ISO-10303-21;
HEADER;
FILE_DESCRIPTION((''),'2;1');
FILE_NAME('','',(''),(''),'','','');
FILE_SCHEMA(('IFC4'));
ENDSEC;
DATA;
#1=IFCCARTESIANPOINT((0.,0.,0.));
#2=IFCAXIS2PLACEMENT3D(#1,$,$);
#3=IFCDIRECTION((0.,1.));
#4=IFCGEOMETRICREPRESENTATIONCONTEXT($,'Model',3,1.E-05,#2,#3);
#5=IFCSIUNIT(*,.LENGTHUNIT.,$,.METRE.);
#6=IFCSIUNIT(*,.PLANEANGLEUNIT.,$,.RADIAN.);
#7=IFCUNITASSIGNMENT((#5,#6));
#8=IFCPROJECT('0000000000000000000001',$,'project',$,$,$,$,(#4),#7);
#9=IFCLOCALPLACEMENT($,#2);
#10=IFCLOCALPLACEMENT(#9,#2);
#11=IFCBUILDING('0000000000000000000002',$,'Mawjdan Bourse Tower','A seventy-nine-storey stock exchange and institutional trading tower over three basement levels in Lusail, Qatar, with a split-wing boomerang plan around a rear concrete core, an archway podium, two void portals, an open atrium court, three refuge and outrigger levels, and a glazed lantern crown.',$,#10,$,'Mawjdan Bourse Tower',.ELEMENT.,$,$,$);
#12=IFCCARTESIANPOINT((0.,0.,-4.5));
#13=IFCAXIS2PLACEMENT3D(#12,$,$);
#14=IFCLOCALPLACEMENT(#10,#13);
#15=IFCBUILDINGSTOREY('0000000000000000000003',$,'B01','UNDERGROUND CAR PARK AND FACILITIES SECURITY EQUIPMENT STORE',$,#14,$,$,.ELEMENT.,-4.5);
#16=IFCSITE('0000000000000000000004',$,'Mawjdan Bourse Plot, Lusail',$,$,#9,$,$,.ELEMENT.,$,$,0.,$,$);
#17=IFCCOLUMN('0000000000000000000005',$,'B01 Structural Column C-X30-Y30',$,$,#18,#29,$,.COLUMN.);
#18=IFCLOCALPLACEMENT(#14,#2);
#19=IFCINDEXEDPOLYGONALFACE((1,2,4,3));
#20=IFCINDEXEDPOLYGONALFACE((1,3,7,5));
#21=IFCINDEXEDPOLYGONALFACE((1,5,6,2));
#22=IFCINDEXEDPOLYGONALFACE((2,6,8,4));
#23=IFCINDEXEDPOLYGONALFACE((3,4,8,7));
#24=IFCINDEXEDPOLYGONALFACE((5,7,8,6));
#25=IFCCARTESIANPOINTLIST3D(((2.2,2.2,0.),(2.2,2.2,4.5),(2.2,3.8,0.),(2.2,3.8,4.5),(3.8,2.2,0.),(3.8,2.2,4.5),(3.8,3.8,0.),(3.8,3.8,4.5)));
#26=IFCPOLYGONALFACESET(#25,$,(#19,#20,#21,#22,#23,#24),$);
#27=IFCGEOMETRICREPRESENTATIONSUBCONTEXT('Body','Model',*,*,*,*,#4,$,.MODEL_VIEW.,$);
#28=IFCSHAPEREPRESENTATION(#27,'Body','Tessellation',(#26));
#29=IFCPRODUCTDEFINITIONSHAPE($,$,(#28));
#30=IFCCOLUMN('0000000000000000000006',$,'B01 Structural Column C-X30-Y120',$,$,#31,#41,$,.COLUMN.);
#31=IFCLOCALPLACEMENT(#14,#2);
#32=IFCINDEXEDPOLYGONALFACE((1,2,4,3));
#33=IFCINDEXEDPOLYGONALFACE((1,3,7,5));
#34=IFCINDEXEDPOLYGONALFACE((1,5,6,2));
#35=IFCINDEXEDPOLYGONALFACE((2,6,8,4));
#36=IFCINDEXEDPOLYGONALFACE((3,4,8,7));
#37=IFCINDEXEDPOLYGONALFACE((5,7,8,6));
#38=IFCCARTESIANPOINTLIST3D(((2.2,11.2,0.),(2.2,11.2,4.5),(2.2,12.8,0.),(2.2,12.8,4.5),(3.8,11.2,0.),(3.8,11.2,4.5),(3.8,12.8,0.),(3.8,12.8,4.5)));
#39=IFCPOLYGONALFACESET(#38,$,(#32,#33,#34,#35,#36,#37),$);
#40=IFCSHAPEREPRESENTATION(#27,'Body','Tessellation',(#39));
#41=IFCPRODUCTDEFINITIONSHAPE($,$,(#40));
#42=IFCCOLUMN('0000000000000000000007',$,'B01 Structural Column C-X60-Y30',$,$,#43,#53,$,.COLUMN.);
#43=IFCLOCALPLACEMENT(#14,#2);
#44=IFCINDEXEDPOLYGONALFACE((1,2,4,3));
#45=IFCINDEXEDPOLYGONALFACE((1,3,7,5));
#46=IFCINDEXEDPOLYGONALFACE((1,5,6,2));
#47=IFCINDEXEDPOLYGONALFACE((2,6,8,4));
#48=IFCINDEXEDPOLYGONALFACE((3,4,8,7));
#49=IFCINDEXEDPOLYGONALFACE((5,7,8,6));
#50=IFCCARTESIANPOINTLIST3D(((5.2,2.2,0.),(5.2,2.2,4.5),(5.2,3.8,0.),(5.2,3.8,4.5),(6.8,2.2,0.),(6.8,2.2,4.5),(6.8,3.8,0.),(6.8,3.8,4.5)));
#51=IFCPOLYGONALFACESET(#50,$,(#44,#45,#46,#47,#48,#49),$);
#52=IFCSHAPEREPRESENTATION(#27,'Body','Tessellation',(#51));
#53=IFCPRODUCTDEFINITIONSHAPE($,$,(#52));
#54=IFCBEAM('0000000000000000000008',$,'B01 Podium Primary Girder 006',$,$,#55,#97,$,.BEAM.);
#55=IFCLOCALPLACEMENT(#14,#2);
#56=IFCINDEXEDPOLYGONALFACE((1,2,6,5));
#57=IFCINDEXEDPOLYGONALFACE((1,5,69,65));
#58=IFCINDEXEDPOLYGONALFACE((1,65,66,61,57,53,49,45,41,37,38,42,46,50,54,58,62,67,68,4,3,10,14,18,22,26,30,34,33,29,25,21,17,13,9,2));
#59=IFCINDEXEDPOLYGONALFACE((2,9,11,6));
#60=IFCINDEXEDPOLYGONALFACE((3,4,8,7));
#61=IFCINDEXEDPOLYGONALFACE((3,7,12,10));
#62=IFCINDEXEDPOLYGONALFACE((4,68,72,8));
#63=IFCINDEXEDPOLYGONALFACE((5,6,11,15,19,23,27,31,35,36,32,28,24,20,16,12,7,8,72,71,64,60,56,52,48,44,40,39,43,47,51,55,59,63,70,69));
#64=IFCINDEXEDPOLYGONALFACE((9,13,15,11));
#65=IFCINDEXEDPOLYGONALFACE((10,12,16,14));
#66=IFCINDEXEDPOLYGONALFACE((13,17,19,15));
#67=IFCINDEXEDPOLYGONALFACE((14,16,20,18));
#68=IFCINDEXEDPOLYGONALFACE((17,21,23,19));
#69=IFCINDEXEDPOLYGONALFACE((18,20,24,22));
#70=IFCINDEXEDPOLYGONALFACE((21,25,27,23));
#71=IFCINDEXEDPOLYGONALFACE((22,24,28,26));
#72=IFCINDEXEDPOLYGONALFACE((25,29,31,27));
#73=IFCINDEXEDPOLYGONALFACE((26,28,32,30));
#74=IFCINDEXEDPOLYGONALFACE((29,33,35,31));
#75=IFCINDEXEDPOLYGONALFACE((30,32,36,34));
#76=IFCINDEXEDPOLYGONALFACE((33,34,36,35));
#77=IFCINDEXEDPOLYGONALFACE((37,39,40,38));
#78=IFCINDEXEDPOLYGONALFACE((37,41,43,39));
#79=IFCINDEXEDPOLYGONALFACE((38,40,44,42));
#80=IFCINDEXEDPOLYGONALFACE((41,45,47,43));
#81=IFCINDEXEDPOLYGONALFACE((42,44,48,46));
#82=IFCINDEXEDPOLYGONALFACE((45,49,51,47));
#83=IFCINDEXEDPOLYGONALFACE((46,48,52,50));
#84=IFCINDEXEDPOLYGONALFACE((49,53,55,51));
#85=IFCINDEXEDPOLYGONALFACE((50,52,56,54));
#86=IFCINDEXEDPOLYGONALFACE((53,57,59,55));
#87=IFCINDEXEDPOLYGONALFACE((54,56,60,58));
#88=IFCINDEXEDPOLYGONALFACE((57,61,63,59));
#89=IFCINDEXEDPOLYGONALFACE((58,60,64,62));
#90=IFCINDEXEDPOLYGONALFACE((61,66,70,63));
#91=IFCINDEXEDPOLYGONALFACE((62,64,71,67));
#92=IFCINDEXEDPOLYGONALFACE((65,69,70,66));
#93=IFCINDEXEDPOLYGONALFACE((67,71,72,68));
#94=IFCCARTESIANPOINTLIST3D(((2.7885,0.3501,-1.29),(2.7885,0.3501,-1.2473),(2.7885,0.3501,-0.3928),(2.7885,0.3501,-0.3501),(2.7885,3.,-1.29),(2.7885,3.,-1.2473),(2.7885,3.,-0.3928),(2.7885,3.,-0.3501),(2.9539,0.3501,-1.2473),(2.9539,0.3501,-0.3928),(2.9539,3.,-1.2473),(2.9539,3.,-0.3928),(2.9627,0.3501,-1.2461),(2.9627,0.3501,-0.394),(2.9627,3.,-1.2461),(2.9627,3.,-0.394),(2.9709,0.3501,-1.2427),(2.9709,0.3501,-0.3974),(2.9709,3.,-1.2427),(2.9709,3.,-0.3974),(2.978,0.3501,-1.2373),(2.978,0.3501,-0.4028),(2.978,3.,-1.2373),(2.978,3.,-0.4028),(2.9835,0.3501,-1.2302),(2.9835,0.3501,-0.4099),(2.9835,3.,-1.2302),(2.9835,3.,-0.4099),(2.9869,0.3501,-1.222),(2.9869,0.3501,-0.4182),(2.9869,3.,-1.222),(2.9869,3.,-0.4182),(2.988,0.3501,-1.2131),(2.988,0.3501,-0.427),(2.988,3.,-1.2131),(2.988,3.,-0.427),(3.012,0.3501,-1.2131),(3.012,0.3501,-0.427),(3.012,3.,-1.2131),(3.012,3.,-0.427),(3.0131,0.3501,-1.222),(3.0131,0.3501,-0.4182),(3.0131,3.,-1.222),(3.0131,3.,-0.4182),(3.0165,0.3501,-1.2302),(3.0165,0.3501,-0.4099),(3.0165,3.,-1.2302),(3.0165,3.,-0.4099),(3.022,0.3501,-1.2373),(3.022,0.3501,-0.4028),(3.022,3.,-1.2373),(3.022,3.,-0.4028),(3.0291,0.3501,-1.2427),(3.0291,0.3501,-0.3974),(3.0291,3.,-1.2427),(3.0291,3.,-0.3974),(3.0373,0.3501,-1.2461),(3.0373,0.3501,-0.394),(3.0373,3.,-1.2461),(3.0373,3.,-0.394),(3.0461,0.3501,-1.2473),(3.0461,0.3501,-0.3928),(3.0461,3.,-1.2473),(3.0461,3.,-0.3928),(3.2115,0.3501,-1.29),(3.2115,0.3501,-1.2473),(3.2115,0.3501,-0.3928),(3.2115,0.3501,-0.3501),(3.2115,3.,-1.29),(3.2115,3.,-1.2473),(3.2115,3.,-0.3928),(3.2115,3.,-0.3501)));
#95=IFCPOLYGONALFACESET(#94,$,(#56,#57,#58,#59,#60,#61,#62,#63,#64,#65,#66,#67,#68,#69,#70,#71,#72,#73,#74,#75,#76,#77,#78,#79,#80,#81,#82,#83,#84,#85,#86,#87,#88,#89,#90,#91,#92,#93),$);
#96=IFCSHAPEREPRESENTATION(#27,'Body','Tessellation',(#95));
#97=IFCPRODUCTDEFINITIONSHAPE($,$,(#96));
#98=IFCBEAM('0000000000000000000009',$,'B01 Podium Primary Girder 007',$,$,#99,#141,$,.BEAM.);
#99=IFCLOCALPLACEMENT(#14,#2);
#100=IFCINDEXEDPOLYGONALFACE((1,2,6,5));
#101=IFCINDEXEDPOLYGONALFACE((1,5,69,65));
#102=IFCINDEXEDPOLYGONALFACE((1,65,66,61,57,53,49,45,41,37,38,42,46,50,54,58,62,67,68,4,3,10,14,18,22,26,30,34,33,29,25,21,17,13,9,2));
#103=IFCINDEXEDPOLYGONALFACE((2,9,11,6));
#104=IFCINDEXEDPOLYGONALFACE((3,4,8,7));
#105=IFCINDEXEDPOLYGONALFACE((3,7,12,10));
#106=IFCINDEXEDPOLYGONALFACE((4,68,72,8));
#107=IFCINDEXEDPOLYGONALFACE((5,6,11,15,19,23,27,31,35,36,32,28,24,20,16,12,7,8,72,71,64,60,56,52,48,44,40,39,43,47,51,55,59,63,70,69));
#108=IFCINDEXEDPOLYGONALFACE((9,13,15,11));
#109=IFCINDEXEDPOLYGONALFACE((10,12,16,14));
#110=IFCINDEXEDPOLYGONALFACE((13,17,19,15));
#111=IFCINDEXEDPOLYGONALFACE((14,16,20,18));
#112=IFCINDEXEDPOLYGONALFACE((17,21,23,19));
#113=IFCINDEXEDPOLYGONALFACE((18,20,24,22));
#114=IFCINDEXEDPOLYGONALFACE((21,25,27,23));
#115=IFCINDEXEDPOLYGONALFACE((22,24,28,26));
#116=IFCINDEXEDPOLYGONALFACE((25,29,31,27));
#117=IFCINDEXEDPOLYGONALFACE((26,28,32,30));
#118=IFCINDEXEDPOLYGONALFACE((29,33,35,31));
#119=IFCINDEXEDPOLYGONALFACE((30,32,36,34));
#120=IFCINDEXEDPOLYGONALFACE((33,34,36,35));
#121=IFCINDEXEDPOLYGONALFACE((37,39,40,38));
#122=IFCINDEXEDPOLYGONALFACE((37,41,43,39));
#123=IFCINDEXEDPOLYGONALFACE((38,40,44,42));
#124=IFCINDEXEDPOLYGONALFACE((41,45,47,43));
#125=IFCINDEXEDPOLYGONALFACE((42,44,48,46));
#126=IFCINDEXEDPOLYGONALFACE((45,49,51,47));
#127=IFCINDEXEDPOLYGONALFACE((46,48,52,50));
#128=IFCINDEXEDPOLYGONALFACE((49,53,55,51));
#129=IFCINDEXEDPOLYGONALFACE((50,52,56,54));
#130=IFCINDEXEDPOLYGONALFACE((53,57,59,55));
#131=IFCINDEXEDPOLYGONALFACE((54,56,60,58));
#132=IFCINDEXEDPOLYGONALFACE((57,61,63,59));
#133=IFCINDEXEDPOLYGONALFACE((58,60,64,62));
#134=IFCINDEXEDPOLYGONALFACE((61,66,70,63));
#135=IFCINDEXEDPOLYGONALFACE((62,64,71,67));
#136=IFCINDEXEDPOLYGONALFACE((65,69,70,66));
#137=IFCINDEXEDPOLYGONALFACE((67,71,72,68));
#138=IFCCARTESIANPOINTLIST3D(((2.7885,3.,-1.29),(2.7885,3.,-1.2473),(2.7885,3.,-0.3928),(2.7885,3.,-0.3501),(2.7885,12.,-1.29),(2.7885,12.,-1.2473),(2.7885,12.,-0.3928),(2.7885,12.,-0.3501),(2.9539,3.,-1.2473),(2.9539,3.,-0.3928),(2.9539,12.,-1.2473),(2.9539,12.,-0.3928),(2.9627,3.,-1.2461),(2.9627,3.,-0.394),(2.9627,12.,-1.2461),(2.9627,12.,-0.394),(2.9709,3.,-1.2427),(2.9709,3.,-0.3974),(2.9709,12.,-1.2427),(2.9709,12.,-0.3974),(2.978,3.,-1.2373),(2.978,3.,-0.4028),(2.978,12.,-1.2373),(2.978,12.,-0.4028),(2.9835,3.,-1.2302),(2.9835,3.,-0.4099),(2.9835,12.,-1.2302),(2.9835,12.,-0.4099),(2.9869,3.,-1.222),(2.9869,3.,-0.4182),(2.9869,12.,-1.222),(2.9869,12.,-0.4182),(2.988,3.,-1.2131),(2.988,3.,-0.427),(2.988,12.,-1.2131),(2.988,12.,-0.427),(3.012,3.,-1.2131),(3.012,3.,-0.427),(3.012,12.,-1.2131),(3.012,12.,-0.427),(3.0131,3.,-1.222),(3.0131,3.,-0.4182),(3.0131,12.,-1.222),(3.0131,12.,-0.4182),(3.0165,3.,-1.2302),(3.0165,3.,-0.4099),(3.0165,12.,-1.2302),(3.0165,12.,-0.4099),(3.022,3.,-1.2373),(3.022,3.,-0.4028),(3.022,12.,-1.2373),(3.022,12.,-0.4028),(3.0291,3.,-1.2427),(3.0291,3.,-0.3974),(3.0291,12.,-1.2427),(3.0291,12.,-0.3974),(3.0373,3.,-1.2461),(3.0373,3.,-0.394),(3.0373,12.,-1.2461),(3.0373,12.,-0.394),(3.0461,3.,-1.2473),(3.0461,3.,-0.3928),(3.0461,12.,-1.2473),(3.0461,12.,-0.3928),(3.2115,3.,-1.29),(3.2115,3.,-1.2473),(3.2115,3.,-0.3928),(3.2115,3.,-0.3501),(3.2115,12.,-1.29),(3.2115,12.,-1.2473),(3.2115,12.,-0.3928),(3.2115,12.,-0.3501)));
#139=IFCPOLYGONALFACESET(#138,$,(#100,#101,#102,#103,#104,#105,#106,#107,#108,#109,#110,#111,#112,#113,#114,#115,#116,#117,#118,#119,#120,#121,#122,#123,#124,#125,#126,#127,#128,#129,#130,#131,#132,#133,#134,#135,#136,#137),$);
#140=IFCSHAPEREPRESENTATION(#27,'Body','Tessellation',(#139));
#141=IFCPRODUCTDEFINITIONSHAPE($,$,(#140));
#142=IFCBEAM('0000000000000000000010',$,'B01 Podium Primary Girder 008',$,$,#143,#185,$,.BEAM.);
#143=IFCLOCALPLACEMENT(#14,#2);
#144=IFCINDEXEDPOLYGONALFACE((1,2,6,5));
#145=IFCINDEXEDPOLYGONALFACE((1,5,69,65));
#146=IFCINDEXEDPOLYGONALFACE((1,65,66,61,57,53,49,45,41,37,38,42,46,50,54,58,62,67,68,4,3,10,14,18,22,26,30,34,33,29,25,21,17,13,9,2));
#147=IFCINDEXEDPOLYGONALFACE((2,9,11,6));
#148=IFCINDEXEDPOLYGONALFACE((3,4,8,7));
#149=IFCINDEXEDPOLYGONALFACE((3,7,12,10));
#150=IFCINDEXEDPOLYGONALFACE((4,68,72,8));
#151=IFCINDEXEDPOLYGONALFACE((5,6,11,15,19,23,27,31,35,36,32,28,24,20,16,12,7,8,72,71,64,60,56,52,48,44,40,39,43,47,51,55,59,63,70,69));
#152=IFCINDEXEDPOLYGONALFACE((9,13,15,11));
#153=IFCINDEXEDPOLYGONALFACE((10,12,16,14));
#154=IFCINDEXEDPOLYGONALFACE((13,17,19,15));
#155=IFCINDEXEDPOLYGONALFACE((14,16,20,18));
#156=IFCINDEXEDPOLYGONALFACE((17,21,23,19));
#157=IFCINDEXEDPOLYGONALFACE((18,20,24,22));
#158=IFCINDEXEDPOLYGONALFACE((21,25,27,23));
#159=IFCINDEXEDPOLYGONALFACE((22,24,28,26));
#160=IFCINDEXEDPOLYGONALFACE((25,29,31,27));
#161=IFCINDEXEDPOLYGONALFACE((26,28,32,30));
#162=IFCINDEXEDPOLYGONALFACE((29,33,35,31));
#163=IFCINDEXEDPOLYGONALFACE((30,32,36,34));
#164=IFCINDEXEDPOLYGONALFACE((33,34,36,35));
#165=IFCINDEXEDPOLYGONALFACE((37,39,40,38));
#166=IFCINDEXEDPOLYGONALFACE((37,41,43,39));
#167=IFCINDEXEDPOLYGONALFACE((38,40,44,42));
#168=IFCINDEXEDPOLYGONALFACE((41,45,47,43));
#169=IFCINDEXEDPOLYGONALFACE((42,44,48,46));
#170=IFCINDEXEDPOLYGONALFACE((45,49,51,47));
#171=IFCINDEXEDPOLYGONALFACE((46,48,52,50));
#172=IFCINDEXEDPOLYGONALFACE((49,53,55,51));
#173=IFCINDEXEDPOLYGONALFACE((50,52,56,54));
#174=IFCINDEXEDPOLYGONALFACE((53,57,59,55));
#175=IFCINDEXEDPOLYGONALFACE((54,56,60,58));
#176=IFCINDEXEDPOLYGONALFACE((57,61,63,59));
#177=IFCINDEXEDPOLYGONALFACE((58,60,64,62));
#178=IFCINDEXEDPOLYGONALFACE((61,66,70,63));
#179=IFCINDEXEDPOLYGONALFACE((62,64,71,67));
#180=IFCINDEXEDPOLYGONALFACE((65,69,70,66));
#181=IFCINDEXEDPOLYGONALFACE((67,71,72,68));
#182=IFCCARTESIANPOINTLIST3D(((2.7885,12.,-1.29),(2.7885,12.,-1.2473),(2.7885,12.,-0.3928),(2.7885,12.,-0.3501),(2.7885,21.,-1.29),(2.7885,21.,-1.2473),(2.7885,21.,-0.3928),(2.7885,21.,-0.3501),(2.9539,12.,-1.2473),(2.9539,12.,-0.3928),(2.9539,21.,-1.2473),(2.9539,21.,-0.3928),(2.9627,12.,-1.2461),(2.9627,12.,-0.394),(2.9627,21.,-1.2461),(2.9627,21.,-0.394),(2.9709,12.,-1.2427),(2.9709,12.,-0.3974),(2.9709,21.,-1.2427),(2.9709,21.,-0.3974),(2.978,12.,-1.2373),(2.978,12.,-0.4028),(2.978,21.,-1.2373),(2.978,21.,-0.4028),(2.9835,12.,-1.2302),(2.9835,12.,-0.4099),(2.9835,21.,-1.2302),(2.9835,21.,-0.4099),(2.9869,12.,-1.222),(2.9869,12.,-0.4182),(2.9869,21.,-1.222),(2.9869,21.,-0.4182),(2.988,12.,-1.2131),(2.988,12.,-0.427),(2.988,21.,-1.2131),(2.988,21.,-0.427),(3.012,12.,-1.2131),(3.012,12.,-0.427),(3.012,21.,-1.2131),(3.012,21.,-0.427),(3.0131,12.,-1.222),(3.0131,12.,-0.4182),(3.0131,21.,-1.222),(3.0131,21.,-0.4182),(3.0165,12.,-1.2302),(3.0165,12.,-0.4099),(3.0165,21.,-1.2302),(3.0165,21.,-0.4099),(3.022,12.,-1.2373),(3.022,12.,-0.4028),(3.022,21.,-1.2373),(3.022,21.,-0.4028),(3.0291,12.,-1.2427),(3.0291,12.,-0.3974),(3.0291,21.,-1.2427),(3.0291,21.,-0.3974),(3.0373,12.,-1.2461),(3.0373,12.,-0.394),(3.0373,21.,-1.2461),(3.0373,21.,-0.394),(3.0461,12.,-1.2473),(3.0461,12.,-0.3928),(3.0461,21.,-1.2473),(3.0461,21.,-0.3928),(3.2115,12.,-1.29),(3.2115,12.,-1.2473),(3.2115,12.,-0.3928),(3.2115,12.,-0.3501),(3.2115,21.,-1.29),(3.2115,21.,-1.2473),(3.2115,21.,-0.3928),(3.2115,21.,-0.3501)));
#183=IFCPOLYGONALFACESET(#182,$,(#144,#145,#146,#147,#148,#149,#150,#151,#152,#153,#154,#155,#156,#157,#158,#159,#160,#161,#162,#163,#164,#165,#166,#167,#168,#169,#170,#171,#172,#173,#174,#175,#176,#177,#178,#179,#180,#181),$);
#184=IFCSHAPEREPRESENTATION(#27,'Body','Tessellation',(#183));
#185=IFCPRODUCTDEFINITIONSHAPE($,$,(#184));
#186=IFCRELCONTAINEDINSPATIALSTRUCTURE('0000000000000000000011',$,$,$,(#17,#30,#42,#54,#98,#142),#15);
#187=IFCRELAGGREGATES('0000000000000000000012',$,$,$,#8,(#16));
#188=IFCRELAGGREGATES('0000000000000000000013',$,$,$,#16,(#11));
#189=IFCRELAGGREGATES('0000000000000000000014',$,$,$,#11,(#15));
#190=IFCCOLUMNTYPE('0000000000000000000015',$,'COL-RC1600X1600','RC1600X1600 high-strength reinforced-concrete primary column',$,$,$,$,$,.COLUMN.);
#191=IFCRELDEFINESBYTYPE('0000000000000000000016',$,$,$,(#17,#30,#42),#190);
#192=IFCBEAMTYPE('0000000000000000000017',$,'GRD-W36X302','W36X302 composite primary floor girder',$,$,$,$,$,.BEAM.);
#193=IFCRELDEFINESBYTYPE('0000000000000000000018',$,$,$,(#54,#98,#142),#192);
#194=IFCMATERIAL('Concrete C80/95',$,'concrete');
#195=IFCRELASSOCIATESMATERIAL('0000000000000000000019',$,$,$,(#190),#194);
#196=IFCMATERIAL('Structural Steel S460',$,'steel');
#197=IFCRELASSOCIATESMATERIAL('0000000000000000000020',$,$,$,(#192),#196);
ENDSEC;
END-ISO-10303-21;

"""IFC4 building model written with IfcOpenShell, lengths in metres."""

from ifc_helpers import new_model, si_unit, direction, frame, origin, origin_2d, place, context, subcontext, project, spatial, rectangle, i_section, extrude, material, material_profile, profile_set, type_object, element, save


model = new_model("IFC4")

# Units and contexts
model_context = context("Model", 3, precision=1e-05, world=origin(), true_north=direction((0.0, 1.0)))
body_context = subcontext(model_context, "Body", "Model", "MODEL_VIEW")
ifc_project = project(units=[si_unit("LENGTHUNIT", "METRE"), si_unit("PLANEANGLEUNIT", "RADIAN")], contexts=[model_context])

# Site, building, storey
site_placement = place(None, origin())
site = spatial("IfcSite", under=ifc_project, at=site_placement, Name="Mawjdan Bourse Plot, Lusail", CompositionType="ELEMENT", RefElevation=0.0)
building_placement = place(site_placement, origin())
building = spatial("IfcBuilding", under=site, at=building_placement, Name="Mawjdan Bourse Tower", Description="A seventy-nine-storey stock exchange and institutional trading tower over three basement levels in Lusail, Qatar, with a split-wing boomerang plan around a rear concrete core, an archway podium, two void portals, an open atrium court, three refuge and outrigger levels, and a glazed lantern crown.", LongName="Mawjdan Bourse Tower", CompositionType="ELEMENT")
storey_placement = place(building_placement, frame((0.0, 0.0, -4.5)))
storey = spatial("IfcBuildingStorey", under=building, at=storey_placement, Name="B01", Description="UNDERGROUND CAR PARK AND FACILITIES SECURITY EQUIPMENT STORE", CompositionType="ELEMENT", Elevation=-4.5)

# Columns
ifc_material_1 = material(Name="Concrete C80/95", Category="concrete")
ifc_material_profile_1 = material_profile(ifc_material_1, rectangle(XDim=1.6001, YDim=1.6001, at=origin_2d()), Name="RC1600X1600")
ifc_profile_set_1 = profile_set([ifc_material_profile_1], Name="Concrete C80/95")
column_type = type_object("IfcColumnType", Name="COL-RC1600X1600", Description="RC1600X1600 high-strength reinforced-concrete primary column", PredefinedType="COLUMN", material=ifc_profile_set_1)
for number, where, z_axis, x_axis, name in (
    (1, (3.0, 3.0, 0.0), (0.0, 0.0, 1.0), (1.0, 0.0, 0.0), "B01 Structural Column C-X30-Y30"),
    (2, (3.0, 12.0, 0.0), (0.0, 0.0, 1.0), (1.0, 0.0, 0.0), "B01 Structural Column C-X30-Y120"),
    (3, (6.0, 3.0, 0.0), (0.0, 0.0, 1.0), (1.0, 0.0, 0.0), "B01 Structural Column C-X60-Y30"),
):
    element("IfcColumn", number, at=place(storey_placement, frame(where, z_axis=z_axis, x_axis=x_axis)), inside=storey, type_object=column_type, Name=name, PredefinedType="COLUMN", context=body_context, shape_type="SweptSolid", body=[
        extrude(rectangle(XDim=1.6001, YDim=1.6001, at=origin_2d()), origin(), (0.0, 0.0, 1.0), 4.5),
    ])

# Beams
ifc_material_2 = material(Name="Structural Steel S460", Category="steel")
ifc_material_profile_2 = material_profile(ifc_material_2, i_section(OverallWidth=0.4231, OverallDepth=0.9399, WebThickness=0.0239, FlangeThickness=0.0427, FilletRadius=0.0342, at=origin_2d()), Name="W36X302")
ifc_profile_set_2 = profile_set([ifc_material_profile_2], Name="Structural Steel S460")
beam_type_1 = type_object("IfcBeamType", Name="GRD-W36X302", Description="W36X302 composite primary floor girder", PredefinedType="BEAM", material=ifc_profile_set_2)
beam_1_placement = place(storey_placement, frame((3.0, 0.3501, -0.8201), z_axis=(0.0, 1.0, 0.0), x_axis=(-1.0, 0.0, 0.0)))
element("IfcBeam", 4, at=beam_1_placement, inside=storey, type_object=beam_type_1, Name="B01 Podium Primary Girder 006", PredefinedType="BEAM", context=body_context, shape_type="SweptSolid", body=[
    extrude(i_section(OverallWidth=0.4231, OverallDepth=0.9399, WebThickness=0.0239, FlangeThickness=0.0427, FilletRadius=0.0342, at=origin_2d()), origin(), (0.0, 0.0, 1.0), 2.6499),
])
for number, where, z_axis, x_axis, name in (
    (5, (3.0, 3.0, -0.8201), (0.0, 1.0, 0.0), (-1.0, 0.0, 0.0), "B01 Podium Primary Girder 007"),
    (6, (3.0, 12.0, -0.8201), (0.0, 1.0, 0.0), (-1.0, 0.0, 0.0), "B01 Podium Primary Girder 008"),
):
    element("IfcBeam", number, at=place(storey_placement, frame(where, z_axis=z_axis, x_axis=x_axis)), inside=storey, type_object=beam_type_1, Name=name, PredefinedType="BEAM", context=body_context, shape_type="SweptSolid", body=[
        extrude(i_section(OverallWidth=0.4231, OverallDepth=0.9399, WebThickness=0.0239, FlangeThickness=0.0427, FilletRadius=0.0342, at=origin_2d()), origin(), (0.0, 0.0, 1.0), 9.0),
    ])

save(model, "model.ifc")
